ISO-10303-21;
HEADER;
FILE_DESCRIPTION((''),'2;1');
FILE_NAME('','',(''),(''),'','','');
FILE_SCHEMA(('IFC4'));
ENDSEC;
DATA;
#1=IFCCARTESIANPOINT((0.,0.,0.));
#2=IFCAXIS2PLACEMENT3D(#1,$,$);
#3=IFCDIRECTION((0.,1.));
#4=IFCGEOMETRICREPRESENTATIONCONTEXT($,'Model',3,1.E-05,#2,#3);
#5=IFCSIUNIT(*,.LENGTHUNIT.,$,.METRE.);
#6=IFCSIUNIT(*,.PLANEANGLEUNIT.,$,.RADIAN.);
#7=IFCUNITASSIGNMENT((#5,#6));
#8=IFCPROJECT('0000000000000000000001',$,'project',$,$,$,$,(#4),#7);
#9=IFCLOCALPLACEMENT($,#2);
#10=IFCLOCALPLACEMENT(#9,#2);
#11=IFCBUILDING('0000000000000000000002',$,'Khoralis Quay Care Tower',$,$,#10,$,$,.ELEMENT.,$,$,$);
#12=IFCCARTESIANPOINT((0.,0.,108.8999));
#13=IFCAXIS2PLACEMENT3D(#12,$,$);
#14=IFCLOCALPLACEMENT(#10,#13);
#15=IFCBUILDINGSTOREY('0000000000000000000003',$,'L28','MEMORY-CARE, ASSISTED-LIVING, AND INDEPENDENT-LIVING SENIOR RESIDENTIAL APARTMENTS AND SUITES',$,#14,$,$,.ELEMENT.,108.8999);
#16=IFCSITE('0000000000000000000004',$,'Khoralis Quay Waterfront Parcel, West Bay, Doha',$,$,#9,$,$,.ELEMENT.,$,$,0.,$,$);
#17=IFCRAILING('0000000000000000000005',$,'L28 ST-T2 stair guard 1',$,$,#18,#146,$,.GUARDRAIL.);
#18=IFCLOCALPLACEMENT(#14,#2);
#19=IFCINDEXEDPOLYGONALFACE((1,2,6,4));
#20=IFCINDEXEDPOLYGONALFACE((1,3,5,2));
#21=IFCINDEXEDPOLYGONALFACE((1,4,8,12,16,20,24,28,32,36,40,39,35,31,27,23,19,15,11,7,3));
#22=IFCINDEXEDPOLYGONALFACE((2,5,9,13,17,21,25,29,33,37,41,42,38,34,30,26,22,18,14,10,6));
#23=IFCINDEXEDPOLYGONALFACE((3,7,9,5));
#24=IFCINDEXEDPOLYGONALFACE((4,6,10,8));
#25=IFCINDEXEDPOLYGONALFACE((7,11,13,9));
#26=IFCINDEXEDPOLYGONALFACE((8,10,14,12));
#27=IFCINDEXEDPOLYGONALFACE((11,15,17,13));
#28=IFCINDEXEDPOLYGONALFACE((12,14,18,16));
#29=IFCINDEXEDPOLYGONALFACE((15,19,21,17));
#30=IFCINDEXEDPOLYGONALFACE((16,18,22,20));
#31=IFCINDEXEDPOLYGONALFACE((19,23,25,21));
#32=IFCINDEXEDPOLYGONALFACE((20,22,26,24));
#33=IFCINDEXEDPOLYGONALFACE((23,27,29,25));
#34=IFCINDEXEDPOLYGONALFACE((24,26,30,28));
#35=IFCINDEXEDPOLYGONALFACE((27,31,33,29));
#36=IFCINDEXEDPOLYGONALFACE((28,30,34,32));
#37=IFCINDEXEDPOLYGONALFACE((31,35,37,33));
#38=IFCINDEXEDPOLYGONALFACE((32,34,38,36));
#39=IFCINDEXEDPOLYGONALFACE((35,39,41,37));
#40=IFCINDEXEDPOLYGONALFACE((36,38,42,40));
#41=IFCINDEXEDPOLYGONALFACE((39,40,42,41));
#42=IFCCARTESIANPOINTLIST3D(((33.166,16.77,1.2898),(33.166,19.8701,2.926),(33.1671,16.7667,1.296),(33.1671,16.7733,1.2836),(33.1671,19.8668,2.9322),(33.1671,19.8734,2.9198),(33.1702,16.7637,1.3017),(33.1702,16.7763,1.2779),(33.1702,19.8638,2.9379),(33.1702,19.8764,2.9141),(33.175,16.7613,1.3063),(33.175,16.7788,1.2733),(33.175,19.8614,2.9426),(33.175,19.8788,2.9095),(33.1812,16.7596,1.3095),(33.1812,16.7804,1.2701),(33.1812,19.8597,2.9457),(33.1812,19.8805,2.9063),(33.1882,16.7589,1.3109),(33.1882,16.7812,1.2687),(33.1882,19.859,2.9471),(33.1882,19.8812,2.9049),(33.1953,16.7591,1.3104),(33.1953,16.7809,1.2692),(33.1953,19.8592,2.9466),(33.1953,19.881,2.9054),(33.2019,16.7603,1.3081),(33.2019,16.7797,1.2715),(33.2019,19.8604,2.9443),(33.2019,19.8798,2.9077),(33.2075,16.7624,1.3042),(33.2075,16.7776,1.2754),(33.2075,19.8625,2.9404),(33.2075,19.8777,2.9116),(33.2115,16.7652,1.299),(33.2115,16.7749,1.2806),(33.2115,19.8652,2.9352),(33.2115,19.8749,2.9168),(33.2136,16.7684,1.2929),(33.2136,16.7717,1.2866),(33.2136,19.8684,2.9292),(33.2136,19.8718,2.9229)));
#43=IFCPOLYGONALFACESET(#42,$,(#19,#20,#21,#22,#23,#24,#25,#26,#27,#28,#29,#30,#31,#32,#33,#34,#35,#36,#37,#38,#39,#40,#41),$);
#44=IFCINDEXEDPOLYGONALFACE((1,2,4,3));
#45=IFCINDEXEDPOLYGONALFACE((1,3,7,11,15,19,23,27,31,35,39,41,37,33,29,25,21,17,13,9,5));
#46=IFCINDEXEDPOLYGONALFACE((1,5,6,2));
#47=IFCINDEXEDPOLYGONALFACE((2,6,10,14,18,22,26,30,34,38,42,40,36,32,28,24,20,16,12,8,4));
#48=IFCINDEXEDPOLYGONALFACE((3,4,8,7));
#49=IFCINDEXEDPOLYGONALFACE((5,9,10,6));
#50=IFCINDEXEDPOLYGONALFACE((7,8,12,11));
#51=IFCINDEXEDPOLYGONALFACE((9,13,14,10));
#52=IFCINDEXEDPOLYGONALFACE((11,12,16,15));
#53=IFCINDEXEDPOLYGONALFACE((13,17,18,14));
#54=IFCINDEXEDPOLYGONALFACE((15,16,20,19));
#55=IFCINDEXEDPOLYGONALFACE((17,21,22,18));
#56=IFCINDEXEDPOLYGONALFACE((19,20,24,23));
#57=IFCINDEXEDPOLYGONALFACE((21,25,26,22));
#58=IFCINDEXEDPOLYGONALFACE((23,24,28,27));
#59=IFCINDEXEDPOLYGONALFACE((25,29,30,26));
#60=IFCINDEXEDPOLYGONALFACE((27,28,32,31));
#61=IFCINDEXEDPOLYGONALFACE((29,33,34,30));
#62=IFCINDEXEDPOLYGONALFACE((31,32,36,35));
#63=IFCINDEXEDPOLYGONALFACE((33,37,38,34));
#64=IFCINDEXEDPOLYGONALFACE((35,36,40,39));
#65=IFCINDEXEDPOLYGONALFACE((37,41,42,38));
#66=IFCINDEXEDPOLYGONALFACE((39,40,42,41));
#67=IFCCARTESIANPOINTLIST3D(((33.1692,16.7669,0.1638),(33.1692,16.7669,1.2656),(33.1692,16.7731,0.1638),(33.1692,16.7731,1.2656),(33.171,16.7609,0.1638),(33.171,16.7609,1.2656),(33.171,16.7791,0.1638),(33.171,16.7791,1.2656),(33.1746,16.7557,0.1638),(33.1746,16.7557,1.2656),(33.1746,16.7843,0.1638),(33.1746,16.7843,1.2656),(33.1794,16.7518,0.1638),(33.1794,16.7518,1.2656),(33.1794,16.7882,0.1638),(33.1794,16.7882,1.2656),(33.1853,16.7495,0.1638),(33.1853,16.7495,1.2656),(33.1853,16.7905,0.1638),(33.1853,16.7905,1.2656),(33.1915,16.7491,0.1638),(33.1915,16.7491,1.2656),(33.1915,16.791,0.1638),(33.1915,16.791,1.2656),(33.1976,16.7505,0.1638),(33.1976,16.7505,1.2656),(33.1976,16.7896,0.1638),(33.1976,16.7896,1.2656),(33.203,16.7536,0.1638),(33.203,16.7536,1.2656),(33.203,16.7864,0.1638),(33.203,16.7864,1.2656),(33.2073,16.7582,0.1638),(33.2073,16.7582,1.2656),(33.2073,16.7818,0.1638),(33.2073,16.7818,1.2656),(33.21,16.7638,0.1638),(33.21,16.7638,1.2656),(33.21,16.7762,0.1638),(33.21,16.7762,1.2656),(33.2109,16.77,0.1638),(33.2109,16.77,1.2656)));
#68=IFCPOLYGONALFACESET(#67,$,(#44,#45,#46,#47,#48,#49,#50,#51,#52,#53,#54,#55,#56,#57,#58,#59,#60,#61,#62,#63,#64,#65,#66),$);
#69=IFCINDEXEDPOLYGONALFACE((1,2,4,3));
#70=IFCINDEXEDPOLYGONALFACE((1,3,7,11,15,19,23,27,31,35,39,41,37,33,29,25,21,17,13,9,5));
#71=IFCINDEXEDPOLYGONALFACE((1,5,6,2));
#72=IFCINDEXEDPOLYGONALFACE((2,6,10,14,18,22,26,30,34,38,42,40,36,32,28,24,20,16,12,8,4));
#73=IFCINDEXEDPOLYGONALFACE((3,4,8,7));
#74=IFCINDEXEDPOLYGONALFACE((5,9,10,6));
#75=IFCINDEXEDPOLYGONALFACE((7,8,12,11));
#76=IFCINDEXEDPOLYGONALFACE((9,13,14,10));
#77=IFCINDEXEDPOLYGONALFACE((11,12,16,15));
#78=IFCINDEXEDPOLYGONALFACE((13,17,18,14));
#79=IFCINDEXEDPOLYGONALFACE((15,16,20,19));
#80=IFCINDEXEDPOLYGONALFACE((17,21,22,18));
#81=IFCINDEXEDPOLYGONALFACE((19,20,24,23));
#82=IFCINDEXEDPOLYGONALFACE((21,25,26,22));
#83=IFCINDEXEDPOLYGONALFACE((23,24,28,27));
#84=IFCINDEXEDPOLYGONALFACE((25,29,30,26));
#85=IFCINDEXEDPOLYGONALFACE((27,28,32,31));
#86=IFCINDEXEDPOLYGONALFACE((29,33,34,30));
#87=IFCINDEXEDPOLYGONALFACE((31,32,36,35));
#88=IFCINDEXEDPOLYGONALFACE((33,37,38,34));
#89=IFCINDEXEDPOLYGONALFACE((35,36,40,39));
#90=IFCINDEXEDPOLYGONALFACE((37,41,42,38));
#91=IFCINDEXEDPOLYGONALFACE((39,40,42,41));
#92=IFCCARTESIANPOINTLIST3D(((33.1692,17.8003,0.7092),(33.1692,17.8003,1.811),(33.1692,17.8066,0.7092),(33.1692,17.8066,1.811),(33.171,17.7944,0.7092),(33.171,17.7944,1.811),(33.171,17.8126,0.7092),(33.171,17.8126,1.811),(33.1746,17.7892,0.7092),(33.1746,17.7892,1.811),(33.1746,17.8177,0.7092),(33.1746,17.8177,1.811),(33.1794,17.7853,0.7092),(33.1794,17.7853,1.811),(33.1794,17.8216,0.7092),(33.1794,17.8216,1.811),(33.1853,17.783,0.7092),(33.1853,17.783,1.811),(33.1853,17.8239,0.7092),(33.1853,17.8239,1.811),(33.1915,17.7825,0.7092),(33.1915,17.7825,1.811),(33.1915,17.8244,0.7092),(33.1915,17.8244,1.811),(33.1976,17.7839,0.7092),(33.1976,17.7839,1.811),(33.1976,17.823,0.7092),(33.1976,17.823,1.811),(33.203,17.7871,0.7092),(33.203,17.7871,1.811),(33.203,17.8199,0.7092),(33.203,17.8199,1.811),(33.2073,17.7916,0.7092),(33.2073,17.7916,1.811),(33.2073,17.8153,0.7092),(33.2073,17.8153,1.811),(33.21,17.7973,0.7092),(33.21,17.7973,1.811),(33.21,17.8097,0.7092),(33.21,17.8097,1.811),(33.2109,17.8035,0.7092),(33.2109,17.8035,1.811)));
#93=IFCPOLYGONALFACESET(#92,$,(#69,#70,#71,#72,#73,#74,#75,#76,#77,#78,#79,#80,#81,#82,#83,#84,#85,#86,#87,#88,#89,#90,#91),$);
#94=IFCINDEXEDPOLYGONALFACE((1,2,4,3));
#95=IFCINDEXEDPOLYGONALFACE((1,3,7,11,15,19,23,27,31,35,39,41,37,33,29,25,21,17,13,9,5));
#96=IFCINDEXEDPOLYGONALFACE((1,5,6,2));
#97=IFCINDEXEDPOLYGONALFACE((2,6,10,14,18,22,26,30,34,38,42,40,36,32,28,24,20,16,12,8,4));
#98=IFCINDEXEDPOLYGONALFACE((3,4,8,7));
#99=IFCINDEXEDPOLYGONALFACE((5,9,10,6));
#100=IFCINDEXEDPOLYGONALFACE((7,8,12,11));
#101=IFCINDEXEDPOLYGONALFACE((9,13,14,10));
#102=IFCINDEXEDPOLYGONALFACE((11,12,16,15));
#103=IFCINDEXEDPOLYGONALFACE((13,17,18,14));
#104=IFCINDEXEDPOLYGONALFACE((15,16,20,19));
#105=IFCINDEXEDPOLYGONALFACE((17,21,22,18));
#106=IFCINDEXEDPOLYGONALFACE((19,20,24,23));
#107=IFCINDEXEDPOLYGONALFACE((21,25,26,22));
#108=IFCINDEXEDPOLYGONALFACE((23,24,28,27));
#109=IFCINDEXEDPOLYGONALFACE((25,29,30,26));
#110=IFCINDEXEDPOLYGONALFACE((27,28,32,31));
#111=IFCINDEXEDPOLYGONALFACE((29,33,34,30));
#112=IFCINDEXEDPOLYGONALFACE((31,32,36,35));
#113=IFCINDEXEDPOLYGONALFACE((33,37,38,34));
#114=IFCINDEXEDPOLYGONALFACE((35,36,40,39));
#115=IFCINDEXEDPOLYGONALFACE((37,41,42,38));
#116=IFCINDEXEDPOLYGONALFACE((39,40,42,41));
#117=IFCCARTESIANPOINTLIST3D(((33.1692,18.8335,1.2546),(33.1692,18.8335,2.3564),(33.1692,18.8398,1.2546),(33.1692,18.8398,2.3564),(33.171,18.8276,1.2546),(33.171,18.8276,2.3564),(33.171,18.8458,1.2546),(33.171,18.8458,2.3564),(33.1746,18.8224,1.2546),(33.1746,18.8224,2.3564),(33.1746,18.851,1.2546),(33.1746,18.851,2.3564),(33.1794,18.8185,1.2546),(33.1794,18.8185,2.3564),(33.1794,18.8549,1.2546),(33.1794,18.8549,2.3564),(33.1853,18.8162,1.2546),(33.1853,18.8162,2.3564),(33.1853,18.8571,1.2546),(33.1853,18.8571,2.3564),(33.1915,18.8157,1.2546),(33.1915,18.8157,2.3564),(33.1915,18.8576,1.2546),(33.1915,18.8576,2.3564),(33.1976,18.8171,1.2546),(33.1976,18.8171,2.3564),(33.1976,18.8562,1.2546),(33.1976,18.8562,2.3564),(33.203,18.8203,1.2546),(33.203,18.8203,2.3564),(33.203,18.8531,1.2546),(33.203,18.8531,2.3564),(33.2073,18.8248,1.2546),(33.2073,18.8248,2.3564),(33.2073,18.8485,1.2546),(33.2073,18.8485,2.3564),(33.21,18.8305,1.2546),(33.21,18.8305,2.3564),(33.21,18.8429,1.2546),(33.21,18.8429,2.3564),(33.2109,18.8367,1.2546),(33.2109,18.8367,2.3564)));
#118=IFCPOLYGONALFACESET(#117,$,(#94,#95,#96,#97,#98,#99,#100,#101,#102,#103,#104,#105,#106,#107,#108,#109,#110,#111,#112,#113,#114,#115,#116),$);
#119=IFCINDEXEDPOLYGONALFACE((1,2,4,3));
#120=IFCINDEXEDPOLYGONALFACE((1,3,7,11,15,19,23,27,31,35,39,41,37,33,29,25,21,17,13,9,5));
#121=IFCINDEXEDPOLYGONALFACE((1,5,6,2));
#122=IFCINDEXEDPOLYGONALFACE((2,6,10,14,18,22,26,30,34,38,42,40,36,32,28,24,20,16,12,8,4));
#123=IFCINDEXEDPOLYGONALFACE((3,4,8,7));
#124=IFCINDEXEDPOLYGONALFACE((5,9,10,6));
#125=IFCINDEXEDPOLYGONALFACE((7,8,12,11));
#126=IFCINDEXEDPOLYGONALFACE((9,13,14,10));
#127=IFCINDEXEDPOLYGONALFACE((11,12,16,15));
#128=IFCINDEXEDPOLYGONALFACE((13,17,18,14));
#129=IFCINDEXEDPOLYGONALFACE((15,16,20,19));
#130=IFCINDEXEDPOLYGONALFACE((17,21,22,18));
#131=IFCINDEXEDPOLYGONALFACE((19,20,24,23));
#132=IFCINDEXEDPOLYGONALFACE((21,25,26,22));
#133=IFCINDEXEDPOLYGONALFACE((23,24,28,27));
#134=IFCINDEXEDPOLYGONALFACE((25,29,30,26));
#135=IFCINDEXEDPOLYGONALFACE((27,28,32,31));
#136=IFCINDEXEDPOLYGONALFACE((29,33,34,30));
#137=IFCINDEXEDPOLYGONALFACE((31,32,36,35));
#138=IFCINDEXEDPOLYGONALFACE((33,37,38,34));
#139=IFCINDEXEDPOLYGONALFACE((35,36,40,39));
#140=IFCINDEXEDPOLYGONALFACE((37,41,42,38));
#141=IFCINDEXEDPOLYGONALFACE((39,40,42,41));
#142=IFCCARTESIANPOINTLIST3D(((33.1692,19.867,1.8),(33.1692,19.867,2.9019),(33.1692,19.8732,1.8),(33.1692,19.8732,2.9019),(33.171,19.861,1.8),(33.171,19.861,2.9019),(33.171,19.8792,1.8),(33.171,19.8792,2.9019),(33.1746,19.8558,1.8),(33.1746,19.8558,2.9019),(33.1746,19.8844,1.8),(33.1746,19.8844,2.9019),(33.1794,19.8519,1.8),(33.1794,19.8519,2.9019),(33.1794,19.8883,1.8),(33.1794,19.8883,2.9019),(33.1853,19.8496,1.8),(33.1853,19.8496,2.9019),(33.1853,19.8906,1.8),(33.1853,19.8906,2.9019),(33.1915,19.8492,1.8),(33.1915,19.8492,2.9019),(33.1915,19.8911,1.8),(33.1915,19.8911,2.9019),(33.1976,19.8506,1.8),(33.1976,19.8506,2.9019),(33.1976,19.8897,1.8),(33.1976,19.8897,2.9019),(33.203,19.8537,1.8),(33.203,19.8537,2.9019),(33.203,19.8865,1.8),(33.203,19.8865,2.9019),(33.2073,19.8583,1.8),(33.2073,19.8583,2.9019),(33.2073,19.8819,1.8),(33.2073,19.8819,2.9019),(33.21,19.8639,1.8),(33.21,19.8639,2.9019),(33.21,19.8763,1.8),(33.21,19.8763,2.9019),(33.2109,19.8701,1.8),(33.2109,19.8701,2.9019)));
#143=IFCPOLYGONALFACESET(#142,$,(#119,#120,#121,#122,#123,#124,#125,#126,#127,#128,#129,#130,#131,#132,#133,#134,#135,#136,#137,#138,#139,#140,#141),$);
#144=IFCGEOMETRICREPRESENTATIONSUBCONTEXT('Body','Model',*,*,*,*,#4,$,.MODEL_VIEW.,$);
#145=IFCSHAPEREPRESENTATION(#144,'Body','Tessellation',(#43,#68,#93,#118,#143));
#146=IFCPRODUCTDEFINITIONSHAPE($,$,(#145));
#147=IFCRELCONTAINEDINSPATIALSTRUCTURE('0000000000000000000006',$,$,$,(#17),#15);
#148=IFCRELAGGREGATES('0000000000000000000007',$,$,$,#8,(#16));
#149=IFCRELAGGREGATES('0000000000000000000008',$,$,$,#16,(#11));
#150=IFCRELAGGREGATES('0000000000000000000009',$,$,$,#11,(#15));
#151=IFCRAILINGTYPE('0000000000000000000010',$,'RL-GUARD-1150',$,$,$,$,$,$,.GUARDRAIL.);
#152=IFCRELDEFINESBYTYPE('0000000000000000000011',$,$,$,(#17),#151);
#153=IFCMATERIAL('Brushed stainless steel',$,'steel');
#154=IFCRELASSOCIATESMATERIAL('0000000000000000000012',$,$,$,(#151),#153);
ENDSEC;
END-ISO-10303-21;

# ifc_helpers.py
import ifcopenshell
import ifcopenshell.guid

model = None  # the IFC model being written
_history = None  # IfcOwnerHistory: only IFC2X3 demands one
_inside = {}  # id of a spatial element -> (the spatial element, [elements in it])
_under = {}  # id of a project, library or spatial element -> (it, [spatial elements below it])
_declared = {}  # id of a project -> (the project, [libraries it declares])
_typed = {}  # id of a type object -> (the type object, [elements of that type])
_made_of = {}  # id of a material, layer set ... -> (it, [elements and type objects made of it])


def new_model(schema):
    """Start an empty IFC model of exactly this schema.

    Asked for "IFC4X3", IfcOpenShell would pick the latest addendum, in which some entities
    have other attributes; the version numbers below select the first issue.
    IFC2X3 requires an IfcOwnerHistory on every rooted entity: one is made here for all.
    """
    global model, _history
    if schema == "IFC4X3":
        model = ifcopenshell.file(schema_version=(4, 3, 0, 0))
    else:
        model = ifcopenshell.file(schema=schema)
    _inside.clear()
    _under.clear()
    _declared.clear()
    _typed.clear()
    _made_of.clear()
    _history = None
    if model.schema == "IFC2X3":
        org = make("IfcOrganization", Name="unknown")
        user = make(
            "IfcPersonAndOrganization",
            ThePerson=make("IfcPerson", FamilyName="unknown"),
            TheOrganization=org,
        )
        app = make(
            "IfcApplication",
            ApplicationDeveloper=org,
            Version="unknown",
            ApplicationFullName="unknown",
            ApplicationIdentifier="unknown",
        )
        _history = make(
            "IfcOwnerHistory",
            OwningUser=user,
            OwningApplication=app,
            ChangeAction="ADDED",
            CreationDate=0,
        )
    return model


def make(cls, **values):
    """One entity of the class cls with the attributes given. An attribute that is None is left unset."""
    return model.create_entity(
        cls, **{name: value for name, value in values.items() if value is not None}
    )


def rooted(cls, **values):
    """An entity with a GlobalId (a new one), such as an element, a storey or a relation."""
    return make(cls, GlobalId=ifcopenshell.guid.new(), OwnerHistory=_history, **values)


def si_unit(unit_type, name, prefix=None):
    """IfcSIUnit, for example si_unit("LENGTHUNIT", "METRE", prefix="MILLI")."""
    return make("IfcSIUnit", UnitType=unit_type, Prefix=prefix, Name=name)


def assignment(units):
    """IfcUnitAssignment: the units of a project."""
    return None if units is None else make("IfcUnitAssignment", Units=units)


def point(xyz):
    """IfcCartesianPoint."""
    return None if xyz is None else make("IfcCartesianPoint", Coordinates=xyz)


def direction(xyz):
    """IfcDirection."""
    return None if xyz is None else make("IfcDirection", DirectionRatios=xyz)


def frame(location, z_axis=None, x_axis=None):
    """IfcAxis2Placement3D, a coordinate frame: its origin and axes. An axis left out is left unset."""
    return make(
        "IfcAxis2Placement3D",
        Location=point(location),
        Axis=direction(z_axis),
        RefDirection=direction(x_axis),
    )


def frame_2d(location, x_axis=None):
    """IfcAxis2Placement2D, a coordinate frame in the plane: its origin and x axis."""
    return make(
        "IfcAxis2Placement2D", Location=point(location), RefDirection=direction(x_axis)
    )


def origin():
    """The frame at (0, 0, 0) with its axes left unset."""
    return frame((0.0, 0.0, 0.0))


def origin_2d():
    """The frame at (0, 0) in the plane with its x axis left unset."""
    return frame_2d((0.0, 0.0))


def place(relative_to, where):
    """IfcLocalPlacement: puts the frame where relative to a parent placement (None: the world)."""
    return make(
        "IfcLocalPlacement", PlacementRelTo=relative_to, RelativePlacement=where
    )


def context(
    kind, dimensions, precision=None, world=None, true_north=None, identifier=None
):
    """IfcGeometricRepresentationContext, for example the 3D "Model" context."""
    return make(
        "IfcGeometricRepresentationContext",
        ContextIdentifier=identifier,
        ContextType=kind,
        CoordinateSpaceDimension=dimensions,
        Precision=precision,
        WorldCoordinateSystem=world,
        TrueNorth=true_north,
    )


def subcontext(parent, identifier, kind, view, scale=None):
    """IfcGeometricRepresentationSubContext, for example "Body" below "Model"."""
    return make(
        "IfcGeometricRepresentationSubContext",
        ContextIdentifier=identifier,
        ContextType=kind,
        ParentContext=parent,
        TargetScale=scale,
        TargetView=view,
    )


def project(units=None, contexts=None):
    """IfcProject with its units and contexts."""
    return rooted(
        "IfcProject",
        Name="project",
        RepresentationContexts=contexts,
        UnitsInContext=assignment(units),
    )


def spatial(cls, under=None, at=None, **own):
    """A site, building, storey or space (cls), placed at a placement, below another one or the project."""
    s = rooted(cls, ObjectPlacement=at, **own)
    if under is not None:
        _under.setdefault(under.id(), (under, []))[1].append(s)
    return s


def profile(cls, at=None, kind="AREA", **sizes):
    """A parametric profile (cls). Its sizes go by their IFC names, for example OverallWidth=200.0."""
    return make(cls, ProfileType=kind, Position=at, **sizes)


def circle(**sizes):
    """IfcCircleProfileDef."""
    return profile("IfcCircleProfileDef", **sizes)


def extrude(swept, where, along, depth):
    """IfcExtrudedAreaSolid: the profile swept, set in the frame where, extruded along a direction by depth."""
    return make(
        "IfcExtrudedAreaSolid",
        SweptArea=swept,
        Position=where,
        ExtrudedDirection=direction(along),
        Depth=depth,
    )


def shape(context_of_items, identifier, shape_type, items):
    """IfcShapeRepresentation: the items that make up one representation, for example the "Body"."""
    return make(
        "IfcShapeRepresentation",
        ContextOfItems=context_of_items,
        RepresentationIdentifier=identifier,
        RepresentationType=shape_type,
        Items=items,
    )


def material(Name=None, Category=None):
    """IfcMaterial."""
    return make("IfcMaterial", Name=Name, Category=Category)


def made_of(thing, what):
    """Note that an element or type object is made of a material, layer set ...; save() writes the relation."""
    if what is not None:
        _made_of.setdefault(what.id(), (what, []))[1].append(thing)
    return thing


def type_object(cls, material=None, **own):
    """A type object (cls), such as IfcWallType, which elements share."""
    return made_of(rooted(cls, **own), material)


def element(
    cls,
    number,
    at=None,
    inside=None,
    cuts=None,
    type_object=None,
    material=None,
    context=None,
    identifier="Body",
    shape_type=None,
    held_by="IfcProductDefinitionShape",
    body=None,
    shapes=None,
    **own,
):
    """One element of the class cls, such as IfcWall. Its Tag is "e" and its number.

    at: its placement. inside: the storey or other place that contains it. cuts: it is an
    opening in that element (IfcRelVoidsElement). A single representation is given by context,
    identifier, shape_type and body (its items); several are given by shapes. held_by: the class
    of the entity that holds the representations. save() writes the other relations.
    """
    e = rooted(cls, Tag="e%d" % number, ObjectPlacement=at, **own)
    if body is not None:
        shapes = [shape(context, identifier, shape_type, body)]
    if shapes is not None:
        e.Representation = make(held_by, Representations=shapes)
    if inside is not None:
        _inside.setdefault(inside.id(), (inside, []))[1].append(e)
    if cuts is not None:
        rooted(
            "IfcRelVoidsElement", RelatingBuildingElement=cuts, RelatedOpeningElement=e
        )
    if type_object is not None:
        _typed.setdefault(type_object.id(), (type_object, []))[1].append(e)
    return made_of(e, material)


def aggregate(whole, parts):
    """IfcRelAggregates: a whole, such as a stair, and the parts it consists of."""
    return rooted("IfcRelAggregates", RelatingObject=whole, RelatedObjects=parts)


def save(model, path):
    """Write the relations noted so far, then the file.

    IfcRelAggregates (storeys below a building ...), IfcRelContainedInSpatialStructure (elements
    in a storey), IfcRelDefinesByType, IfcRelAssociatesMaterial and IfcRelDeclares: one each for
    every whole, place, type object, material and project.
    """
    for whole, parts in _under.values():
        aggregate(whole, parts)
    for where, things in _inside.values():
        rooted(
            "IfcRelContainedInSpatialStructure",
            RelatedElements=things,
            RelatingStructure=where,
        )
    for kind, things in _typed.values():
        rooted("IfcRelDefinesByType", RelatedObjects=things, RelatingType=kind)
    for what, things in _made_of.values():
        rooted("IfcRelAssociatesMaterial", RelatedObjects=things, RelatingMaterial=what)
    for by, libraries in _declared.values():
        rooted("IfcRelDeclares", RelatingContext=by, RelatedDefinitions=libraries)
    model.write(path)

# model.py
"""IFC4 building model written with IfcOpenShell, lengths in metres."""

from ifc_helpers import new_model, si_unit, direction, frame, origin, origin_2d, place, context, subcontext, project, spatial, circle, extrude, material, type_object, element, save


model = new_model("IFC4")

# Units and contexts
model_context = context("Model", 3, precision=1e-05, world=origin(), true_north=direction((0.0, 1.0)))
body_context = subcontext(model_context, "Body", "Model", "MODEL_VIEW")
ifc_project = project(units=[si_unit("LENGTHUNIT", "METRE"), si_unit("PLANEANGLEUNIT", "RADIAN")], contexts=[model_context])

# Site, building, storey
site_placement = place(None, origin())
site = spatial("IfcSite", under=ifc_project, at=site_placement, Name="Khoralis Quay Waterfront Parcel, West Bay, Doha", CompositionType="ELEMENT", RefElevation=0.0)
building_placement = place(site_placement, origin())
building = spatial("IfcBuilding", under=site, at=building_placement, Name="Khoralis Quay Care Tower", CompositionType="ELEMENT")
storey_placement = place(building_placement, frame((0.0, 0.0, 108.8999)))
storey = spatial("IfcBuildingStorey", under=building, at=storey_placement, Name="L28", Description="MEMORY-CARE, ASSISTED-LIVING, AND INDEPENDENT-LIVING SENIOR RESIDENTIAL APARTMENTS AND SUITES", CompositionType="ELEMENT", Elevation=108.8999)

# Shared definitions
ifc_material_1 = material(Name="Brushed stainless steel", Category="steel")

# Railing
railing_type_1 = type_object("IfcRailingType", Name="RL-GUARD-1150", PredefinedType="GUARDRAIL", material=ifc_material_1)
railing_1_placement = place(storey_placement, frame((33.1899, 16.77, 0.1638)))
element("IfcRailing", 1, at=railing_1_placement, inside=storey, type_object=railing_type_1, Name="L28 ST-T2 stair guard 1", PredefinedType="GUARDRAIL", context=body_context, shape_type="SweptSolid", body=[
    extrude(circle(Radius=0.0239, at=origin_2d()), frame((0.0, 0.0, 1.126), z_axis=(0.0, 0.884377, 0.466774), x_axis=(-1.0, 0.0, 0.0)), (0.0, 0.0, 1.0), 3.5054),
    extrude(circle(Radius=0.021, at=origin_2d()), origin(), (0.0, 0.0, 1.0), 1.1018),
    extrude(circle(Radius=0.021, at=origin_2d()), frame((0.0, 1.0334, 0.5454)), (0.0, 0.0, 1.0), 1.1018),
    extrude(circle(Radius=0.021, at=origin_2d()), frame((0.0, 2.0667, 1.0908)), (0.0, 0.0, 1.0), 1.1018),
    extrude(circle(Radius=0.021, at=origin_2d()), frame((0.0, 3.1001, 1.6362)), (0.0, 0.0, 1.0), 1.1018),
])

save(model, "model.ifc")
